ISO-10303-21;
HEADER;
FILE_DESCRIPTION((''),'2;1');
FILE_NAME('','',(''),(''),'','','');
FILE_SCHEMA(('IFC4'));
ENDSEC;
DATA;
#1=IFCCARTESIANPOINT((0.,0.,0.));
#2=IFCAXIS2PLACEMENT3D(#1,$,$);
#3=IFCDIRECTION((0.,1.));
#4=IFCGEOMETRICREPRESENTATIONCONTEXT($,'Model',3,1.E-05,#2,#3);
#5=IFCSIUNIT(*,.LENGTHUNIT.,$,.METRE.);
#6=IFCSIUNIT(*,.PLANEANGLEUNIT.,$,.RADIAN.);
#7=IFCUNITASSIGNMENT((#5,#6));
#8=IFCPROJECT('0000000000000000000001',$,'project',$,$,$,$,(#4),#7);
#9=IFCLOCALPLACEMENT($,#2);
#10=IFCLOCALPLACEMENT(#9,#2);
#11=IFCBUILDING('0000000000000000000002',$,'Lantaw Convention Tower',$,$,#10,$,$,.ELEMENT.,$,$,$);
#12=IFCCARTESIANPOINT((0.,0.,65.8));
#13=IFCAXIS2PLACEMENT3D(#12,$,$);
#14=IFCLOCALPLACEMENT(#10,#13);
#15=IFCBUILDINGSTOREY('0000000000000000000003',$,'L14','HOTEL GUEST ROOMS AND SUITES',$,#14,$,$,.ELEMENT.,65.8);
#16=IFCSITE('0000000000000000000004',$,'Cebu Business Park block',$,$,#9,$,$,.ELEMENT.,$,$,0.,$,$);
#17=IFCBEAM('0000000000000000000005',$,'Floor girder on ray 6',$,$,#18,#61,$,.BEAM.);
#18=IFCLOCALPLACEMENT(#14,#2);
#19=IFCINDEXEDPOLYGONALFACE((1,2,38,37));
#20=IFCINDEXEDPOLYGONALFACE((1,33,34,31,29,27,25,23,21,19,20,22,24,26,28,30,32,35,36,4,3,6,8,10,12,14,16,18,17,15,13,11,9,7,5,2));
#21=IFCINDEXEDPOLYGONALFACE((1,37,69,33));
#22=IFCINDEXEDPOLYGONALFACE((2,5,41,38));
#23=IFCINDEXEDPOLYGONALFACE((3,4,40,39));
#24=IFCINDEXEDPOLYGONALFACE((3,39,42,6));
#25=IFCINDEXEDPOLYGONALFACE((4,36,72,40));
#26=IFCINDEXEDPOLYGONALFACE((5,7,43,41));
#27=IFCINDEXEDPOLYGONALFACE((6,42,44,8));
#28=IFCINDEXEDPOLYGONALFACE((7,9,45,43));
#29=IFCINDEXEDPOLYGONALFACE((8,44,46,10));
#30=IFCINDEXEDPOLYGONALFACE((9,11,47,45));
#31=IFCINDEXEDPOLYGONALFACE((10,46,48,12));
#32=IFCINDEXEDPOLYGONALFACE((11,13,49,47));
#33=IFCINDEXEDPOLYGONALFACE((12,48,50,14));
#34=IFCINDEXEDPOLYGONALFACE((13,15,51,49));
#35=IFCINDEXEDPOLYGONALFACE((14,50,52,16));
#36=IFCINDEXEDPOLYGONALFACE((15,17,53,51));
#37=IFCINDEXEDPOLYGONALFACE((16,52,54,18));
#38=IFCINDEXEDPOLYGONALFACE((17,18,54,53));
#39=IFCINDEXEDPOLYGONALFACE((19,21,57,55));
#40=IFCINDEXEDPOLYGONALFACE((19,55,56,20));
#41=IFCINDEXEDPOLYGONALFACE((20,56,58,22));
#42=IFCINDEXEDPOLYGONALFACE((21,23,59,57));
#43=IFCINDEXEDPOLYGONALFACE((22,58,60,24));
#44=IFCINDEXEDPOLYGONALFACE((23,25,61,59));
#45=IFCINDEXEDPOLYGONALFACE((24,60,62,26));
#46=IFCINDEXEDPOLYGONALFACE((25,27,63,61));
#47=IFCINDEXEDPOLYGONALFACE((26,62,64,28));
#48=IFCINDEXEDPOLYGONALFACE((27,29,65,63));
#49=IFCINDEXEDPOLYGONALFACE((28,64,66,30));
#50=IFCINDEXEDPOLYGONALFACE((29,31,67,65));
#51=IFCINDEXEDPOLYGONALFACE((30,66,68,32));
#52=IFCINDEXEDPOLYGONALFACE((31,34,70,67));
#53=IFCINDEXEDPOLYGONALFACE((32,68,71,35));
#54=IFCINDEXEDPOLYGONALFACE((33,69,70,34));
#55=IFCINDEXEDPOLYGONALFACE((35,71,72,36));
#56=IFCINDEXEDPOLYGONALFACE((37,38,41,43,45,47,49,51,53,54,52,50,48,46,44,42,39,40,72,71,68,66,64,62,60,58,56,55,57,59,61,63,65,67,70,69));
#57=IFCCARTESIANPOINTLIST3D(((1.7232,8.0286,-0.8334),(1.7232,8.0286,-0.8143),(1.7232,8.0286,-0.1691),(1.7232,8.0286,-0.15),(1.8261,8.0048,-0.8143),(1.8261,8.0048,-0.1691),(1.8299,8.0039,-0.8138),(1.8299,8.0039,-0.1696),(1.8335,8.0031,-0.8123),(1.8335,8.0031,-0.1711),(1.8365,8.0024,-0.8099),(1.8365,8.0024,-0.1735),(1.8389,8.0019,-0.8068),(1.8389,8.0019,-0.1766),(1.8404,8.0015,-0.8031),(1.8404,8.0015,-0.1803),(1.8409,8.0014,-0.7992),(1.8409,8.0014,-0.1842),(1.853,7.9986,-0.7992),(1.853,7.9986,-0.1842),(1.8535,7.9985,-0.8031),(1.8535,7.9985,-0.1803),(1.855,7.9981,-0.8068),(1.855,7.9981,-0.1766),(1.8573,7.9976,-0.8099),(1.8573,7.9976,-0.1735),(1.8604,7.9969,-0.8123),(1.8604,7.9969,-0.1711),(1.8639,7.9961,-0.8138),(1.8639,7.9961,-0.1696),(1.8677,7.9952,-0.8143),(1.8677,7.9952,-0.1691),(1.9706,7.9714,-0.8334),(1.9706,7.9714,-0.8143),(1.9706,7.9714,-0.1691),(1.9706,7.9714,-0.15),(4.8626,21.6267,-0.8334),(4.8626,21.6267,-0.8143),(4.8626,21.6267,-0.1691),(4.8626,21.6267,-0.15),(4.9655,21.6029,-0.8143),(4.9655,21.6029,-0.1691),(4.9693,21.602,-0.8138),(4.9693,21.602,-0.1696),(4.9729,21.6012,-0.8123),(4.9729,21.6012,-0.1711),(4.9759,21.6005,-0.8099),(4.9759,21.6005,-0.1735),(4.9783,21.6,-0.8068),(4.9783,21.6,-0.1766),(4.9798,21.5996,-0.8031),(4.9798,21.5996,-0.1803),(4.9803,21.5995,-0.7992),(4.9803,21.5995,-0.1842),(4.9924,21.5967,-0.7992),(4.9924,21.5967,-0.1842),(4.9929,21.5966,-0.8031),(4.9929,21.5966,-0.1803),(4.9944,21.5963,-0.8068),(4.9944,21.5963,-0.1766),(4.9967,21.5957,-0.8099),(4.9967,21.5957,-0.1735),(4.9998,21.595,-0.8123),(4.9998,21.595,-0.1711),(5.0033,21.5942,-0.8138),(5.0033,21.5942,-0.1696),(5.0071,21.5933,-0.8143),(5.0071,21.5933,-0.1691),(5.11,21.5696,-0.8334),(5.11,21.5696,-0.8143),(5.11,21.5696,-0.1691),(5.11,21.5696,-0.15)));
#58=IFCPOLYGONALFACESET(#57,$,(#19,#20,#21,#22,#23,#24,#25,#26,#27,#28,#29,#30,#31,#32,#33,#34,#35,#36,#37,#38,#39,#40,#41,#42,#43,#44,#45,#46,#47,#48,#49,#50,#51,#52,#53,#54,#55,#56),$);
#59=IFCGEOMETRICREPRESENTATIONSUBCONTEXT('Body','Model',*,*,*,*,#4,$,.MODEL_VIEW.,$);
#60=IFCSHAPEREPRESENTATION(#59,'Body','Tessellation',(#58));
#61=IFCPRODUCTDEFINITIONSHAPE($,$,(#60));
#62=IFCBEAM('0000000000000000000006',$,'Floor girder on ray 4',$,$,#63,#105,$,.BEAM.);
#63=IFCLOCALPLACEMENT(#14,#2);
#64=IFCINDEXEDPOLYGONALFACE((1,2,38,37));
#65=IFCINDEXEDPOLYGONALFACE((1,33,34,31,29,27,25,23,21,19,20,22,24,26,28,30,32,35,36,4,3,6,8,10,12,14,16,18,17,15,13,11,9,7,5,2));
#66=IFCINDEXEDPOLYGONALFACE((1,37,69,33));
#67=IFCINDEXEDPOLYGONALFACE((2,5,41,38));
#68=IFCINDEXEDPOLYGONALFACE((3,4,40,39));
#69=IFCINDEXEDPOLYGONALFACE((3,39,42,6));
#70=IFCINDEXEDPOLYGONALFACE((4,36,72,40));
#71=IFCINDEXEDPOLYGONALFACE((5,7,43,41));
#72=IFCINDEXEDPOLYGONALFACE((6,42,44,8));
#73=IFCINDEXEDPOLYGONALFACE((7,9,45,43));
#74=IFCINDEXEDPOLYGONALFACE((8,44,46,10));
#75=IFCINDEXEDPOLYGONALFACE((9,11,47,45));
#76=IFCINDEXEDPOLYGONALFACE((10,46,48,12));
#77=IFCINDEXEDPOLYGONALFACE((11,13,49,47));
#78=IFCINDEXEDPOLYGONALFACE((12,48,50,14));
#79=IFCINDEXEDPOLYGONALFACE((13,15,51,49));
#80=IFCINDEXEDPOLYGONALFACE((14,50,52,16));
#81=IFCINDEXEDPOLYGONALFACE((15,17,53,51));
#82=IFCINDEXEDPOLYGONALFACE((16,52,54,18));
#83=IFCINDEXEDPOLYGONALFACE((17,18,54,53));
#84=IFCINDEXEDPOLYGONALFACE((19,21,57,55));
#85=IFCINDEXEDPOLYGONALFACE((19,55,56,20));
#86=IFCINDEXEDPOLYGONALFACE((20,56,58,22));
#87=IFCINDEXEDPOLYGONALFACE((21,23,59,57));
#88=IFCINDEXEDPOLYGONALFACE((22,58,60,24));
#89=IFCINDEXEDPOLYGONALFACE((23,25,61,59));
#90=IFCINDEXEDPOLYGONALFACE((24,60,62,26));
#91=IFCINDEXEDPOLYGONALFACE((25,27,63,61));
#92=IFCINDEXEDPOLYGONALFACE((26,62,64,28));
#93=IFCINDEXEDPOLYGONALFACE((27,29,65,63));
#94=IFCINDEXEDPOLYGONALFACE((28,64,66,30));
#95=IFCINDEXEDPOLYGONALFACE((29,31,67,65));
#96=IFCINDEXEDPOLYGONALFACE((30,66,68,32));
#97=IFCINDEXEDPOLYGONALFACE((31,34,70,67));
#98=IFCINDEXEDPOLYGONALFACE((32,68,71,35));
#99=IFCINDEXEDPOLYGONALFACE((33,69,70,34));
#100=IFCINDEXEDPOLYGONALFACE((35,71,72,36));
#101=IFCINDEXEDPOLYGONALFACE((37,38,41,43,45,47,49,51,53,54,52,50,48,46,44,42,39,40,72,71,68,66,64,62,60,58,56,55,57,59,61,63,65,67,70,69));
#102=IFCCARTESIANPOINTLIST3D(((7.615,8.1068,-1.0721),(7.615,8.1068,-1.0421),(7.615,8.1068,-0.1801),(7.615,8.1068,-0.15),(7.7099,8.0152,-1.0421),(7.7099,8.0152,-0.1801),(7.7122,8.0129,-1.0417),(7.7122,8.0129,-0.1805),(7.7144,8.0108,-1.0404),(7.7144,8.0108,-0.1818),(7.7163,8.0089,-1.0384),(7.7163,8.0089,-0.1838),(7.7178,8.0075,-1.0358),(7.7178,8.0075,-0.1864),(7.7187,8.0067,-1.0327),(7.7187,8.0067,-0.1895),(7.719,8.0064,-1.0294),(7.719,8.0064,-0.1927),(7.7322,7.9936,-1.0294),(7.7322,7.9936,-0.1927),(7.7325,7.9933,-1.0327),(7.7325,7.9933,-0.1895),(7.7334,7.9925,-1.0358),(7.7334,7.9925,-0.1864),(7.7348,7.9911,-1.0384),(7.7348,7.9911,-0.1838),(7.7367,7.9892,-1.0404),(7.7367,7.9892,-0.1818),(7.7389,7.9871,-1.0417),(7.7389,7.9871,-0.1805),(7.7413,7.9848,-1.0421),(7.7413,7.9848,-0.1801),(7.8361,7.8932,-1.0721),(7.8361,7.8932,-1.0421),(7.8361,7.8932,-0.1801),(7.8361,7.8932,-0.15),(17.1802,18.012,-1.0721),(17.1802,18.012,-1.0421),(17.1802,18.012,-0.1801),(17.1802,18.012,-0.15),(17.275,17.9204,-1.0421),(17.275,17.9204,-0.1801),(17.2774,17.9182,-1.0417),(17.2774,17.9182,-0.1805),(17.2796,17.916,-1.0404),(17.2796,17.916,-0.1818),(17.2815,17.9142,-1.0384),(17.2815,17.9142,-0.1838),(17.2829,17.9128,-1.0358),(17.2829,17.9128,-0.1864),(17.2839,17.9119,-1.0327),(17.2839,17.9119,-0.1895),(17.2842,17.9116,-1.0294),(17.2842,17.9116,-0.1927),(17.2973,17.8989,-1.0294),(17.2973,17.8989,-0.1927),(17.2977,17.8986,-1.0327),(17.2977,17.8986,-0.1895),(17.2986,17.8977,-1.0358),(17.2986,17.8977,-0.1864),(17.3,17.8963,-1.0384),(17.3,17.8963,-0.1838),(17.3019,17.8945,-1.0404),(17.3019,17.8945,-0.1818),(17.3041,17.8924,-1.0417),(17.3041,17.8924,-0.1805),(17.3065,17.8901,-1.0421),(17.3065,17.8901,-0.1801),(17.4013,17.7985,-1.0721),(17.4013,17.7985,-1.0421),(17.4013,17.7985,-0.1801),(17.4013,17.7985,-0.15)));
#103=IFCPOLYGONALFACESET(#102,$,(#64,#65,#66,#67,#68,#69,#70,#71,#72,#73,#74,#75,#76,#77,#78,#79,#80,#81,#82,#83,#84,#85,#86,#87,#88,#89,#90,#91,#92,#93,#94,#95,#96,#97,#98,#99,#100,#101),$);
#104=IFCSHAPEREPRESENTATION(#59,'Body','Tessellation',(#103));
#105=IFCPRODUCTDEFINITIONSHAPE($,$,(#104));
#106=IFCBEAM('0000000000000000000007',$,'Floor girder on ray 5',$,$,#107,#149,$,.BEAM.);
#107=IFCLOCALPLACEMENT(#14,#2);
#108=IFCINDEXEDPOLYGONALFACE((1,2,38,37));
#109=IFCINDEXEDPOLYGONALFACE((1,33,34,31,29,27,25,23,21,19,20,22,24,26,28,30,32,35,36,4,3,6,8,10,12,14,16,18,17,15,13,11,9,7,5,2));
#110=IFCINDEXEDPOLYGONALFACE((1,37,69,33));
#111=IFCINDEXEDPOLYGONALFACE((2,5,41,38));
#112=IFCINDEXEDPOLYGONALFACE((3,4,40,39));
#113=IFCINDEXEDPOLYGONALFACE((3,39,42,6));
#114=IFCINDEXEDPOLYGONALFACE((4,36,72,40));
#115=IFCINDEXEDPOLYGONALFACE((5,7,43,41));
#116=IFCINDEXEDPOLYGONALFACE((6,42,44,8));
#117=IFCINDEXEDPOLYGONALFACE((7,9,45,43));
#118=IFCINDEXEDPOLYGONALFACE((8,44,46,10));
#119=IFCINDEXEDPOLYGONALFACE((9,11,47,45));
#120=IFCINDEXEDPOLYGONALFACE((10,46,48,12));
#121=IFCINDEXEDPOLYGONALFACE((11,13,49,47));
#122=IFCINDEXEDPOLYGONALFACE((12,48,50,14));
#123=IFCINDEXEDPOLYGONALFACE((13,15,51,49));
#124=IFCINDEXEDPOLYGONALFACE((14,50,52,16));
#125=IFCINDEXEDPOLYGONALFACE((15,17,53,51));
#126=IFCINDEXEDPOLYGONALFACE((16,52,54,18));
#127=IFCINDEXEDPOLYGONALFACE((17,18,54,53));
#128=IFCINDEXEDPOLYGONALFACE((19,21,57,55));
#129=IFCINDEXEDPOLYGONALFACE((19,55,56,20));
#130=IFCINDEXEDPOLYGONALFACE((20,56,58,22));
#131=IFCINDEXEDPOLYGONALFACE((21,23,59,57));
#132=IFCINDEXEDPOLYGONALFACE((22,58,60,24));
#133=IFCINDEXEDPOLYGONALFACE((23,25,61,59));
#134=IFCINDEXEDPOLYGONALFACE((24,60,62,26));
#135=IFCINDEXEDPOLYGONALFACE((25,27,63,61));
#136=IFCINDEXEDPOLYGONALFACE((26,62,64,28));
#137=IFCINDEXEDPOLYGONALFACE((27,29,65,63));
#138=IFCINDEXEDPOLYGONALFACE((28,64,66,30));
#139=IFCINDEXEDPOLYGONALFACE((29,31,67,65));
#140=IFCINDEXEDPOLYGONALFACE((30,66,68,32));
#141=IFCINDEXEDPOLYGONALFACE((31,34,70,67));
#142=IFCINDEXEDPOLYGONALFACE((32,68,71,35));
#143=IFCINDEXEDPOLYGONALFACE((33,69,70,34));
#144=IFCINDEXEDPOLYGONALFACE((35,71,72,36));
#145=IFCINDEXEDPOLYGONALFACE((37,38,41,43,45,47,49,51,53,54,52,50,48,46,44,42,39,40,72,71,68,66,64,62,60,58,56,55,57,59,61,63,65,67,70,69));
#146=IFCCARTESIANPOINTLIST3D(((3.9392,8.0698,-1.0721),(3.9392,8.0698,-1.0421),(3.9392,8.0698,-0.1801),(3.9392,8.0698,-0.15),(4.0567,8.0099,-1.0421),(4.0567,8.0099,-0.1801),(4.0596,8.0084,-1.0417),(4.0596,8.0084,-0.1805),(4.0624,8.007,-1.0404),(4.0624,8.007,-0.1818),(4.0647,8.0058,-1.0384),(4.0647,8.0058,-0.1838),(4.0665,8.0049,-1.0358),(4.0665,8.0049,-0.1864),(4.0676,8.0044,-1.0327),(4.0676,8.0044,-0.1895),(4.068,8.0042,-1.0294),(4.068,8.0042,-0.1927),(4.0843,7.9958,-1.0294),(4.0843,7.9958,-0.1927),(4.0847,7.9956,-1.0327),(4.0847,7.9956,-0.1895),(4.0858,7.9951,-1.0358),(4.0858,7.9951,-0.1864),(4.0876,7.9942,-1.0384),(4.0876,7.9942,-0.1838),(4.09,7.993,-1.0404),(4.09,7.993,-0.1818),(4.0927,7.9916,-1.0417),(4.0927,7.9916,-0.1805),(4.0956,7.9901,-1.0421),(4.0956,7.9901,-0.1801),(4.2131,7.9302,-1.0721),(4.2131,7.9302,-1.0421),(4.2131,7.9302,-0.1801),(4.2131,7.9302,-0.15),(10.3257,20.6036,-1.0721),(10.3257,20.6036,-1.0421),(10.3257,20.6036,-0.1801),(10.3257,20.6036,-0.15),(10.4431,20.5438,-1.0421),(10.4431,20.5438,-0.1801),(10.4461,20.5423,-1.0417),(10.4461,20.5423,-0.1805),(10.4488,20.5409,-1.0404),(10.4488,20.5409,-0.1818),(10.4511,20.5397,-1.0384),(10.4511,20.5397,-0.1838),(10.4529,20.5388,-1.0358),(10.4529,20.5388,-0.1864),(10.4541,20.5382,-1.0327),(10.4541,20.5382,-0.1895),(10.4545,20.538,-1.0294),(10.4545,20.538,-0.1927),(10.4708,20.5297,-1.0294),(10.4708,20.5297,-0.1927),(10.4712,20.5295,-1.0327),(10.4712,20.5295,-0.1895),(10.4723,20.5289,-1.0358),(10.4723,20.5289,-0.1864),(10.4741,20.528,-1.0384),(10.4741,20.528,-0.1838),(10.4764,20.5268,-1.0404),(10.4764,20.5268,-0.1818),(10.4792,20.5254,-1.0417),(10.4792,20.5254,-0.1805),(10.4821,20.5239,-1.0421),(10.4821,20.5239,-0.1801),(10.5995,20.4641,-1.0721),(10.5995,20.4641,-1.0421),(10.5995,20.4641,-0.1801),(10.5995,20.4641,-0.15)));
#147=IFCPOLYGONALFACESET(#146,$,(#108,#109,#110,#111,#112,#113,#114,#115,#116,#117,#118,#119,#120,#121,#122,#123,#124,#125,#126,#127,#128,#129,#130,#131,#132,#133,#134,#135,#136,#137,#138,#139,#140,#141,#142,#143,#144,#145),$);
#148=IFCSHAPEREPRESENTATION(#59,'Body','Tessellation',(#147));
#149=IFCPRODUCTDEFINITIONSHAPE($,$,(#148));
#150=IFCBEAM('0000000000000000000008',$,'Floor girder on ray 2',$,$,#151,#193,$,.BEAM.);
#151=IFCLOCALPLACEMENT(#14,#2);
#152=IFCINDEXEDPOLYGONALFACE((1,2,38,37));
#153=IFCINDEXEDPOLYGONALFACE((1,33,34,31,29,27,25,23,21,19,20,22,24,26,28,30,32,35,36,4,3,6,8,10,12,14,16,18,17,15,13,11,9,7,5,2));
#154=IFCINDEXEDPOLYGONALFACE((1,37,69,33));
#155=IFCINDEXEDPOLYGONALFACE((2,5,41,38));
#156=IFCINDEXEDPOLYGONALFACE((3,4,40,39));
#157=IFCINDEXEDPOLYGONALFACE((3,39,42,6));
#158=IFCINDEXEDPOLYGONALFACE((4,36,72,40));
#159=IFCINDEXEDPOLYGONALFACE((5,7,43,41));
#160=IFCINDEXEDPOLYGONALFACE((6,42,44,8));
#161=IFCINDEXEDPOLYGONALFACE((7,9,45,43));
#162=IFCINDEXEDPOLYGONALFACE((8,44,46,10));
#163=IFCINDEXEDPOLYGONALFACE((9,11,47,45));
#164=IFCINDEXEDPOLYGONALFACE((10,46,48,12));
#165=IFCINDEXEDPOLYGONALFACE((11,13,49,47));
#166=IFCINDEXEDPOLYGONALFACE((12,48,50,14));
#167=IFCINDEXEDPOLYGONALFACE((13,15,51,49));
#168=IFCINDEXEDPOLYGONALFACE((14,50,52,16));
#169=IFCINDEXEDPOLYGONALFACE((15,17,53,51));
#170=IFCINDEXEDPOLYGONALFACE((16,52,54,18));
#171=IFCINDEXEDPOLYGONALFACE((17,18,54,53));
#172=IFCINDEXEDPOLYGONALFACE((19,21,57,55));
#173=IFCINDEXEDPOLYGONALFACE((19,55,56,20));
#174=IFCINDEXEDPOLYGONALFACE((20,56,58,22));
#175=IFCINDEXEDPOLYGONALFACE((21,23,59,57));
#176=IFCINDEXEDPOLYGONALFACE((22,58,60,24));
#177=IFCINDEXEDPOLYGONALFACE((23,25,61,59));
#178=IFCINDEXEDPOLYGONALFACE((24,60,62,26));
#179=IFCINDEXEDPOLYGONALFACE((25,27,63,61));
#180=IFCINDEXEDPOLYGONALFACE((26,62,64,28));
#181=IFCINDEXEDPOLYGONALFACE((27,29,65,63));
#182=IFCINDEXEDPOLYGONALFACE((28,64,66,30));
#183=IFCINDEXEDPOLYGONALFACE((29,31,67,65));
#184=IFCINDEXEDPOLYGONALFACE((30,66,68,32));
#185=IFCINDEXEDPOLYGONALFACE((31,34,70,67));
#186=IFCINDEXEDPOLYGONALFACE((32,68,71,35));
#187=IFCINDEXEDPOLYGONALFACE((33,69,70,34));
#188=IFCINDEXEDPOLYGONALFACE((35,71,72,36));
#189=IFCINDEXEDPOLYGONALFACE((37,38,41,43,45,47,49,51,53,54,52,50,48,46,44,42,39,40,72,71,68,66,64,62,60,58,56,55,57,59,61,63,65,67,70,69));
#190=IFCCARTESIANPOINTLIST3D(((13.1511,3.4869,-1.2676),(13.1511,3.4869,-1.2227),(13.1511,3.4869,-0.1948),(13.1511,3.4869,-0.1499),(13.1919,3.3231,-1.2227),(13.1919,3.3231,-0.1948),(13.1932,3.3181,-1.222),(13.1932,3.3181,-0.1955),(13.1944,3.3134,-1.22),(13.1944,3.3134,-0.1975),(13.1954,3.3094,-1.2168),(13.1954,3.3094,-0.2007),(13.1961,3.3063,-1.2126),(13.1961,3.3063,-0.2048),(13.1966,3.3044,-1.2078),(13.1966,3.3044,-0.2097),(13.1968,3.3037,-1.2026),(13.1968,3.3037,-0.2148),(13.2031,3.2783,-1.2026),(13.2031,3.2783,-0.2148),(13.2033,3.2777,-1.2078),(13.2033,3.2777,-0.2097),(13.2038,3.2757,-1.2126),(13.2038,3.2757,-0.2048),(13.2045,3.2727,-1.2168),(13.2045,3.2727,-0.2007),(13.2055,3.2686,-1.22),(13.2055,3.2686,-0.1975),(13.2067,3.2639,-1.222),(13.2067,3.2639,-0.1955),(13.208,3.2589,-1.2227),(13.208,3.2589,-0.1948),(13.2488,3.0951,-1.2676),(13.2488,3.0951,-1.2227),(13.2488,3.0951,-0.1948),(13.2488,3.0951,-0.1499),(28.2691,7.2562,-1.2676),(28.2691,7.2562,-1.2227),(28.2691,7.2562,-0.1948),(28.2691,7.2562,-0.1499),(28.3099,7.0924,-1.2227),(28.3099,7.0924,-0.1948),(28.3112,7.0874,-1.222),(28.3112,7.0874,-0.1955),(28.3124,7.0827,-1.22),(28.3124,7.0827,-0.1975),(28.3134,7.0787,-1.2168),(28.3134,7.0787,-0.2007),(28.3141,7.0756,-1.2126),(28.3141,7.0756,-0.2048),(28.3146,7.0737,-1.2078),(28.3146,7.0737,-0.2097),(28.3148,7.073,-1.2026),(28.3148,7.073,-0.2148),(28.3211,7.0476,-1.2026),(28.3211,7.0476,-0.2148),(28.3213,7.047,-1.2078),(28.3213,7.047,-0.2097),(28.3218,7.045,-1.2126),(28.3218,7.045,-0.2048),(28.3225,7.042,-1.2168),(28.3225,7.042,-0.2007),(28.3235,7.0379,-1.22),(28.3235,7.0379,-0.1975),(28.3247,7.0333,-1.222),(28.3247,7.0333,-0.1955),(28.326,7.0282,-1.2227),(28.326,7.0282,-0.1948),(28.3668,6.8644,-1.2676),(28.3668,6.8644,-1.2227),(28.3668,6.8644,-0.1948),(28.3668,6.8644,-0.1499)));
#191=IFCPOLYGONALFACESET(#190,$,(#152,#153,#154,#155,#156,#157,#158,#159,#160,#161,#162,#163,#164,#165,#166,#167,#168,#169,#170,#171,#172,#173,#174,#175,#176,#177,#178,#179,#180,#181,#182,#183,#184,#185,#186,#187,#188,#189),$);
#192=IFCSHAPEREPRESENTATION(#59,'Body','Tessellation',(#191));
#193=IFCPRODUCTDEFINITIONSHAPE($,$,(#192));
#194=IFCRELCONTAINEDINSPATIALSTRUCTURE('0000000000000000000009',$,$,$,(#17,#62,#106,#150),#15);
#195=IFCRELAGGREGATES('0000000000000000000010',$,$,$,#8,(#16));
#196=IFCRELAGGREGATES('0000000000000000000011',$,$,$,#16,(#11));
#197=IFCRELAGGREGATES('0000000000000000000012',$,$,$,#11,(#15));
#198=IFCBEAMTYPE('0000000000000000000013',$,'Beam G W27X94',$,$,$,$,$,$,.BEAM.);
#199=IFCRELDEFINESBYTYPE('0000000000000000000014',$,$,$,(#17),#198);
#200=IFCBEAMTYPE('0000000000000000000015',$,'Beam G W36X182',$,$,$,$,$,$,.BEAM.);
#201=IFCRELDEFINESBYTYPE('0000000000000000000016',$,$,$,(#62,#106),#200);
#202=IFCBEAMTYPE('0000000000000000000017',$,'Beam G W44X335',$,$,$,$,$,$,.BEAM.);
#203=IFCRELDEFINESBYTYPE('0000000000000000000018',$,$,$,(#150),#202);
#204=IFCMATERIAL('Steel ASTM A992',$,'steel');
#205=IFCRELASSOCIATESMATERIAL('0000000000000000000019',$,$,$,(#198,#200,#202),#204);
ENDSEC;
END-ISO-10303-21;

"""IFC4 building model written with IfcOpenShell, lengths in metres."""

from ifc_helpers import new_model, si_unit, direction, frame, origin, origin_2d, place, context, subcontext, project, spatial, i_section, extrude, material, material_profile, profile_set, type_object, element, save


model = new_model("IFC4")

# Units and contexts
model_context = context("Model", 3, precision=1e-05, world=origin(), true_north=direction((0.0, 1.0)))
body_context = subcontext(model_context, "Body", "Model", "MODEL_VIEW")
ifc_project = project(units=[si_unit("LENGTHUNIT", "METRE"), si_unit("PLANEANGLEUNIT", "RADIAN")], contexts=[model_context])

# Site, building, storey
site_placement = place(None, origin())
site = spatial("IfcSite", under=ifc_project, at=site_placement, Name="Cebu Business Park block", CompositionType="ELEMENT", RefElevation=0.0)
building_placement = place(site_placement, origin())
building = spatial("IfcBuilding", under=site, at=building_placement, Name="Lantaw Convention Tower", CompositionType="ELEMENT")
storey_placement = place(building_placement, frame((0.0, 0.0, 65.8)))
storey = spatial("IfcBuildingStorey", under=building, at=storey_placement, Name="L14", Description="HOTEL GUEST ROOMS AND SUITES", CompositionType="ELEMENT", Elevation=65.8)

# Beams
ifc_material_1 = material(Name="Steel ASTM A992", Category="steel")
ifc_material_profile_1 = material_profile(ifc_material_1, i_section(OverallWidth=0.2539, OverallDepth=0.6833, WebThickness=0.0125, FlangeThickness=0.019, FilletRadius=0.0151, at=origin_2d()), Name="W27X94")
ifc_profile_set_1 = profile_set([ifc_material_profile_1], Name="Steel ASTM A992")
beam_type_1 = type_object("IfcBeamType", Name="Beam G W27X94", PredefinedType="BEAM", material=ifc_profile_set_1)
beam_1_placement = place(storey_placement, frame((1.8469, 8.0, -0.4917), z_axis=(0.224953, 0.97437, 0.0), x_axis=(-0.97437, 0.224953, 0.0)))
element("IfcBeam", 1, at=beam_1_placement, inside=storey, type_object=beam_type_1, Name="Floor girder on ray 6", PredefinedType="BEAM", context=body_context, shape_type="SweptSolid", body=[
    extrude(i_section(OverallWidth=0.2539, OverallDepth=0.6833, WebThickness=0.0125, FlangeThickness=0.019, FilletRadius=0.0151, at=origin_2d()), origin(), (0.0, 0.0, 1.0), 13.9558),
])
ifc_material_profile_2 = material_profile(ifc_material_1, i_section(OverallWidth=0.3074, OverallDepth=0.9221, WebThickness=0.0183, FlangeThickness=0.03, FilletRadius=0.0127, at=origin_2d()), Name="W36X182")
ifc_profile_set_2 = profile_set([ifc_material_profile_2], Name="Steel ASTM A992")
beam_type_2 = type_object("IfcBeamType", Name="Beam G W36X182", PredefinedType="BEAM", material=ifc_profile_set_2)
beam_2_placement = place(storey_placement, frame((7.7256, 8.0, -0.6111), z_axis=(0.69465, 0.719348, 0.0), x_axis=(-0.719348, 0.69465, 0.0)))
element("IfcBeam", 2, at=beam_2_placement, inside=storey, type_object=beam_type_2, Name="Floor girder on ray 4", PredefinedType="BEAM", context=body_context, shape_type="SweptSolid", body=[
    extrude(i_section(OverallWidth=0.3074, OverallDepth=0.9221, WebThickness=0.0183, FlangeThickness=0.03, FilletRadius=0.0127, at=origin_2d()), origin(), (0.0, 0.0, 1.0), 13.7698),
])
beam_3_placement = place(storey_placement, frame((4.0762, 8.0, -0.6111), z_axis=(0.453997, 0.891003, 0.0), x_axis=(-0.891003, 0.453997, 0.0)))
element("IfcBeam", 3, at=beam_3_placement, inside=storey, type_object=beam_type_2, Name="Floor girder on ray 5", PredefinedType="BEAM", context=body_context, shape_type="SweptSolid", body=[
    extrude(i_section(OverallWidth=0.3074, OverallDepth=0.9221, WebThickness=0.0183, FlangeThickness=0.03, FilletRadius=0.0127, at=origin_2d()), origin(), (0.0, 0.0, 1.0), 14.0671),
])
ifc_material_profile_3 = material_profile(ifc_material_1, i_section(OverallWidth=0.4038, OverallDepth=1.1177, WebThickness=0.0261, FlangeThickness=0.0449, FilletRadius=0.02, at=origin_2d()), Name="W44X335")
ifc_profile_set_3 = profile_set([ifc_material_profile_3], Name="Steel ASTM A992")
beam_type_3 = type_object("IfcBeamType", Name="Beam G W44X335", PredefinedType="BEAM", material=ifc_profile_set_3)
beam_4_placement = place(storey_placement, frame((13.2, 3.291, -0.7087), z_axis=(0.970296, 0.24192, 0.0), x_axis=(-0.24192, 0.970296, 0.0)))
element("IfcBeam", 4, at=beam_4_placement, inside=storey, type_object=beam_type_3, Name="Floor girder on ray 2", PredefinedType="BEAM", context=body_context, shape_type="SweptSolid", body=[
    extrude(i_section(OverallWidth=0.4038, OverallDepth=1.1177, WebThickness=0.0261, FlangeThickness=0.0449, FilletRadius=0.02, at=origin_2d()), origin(), (0.0, 0.0, 1.0), 15.5808),
])

save(model, "model.ifc")
